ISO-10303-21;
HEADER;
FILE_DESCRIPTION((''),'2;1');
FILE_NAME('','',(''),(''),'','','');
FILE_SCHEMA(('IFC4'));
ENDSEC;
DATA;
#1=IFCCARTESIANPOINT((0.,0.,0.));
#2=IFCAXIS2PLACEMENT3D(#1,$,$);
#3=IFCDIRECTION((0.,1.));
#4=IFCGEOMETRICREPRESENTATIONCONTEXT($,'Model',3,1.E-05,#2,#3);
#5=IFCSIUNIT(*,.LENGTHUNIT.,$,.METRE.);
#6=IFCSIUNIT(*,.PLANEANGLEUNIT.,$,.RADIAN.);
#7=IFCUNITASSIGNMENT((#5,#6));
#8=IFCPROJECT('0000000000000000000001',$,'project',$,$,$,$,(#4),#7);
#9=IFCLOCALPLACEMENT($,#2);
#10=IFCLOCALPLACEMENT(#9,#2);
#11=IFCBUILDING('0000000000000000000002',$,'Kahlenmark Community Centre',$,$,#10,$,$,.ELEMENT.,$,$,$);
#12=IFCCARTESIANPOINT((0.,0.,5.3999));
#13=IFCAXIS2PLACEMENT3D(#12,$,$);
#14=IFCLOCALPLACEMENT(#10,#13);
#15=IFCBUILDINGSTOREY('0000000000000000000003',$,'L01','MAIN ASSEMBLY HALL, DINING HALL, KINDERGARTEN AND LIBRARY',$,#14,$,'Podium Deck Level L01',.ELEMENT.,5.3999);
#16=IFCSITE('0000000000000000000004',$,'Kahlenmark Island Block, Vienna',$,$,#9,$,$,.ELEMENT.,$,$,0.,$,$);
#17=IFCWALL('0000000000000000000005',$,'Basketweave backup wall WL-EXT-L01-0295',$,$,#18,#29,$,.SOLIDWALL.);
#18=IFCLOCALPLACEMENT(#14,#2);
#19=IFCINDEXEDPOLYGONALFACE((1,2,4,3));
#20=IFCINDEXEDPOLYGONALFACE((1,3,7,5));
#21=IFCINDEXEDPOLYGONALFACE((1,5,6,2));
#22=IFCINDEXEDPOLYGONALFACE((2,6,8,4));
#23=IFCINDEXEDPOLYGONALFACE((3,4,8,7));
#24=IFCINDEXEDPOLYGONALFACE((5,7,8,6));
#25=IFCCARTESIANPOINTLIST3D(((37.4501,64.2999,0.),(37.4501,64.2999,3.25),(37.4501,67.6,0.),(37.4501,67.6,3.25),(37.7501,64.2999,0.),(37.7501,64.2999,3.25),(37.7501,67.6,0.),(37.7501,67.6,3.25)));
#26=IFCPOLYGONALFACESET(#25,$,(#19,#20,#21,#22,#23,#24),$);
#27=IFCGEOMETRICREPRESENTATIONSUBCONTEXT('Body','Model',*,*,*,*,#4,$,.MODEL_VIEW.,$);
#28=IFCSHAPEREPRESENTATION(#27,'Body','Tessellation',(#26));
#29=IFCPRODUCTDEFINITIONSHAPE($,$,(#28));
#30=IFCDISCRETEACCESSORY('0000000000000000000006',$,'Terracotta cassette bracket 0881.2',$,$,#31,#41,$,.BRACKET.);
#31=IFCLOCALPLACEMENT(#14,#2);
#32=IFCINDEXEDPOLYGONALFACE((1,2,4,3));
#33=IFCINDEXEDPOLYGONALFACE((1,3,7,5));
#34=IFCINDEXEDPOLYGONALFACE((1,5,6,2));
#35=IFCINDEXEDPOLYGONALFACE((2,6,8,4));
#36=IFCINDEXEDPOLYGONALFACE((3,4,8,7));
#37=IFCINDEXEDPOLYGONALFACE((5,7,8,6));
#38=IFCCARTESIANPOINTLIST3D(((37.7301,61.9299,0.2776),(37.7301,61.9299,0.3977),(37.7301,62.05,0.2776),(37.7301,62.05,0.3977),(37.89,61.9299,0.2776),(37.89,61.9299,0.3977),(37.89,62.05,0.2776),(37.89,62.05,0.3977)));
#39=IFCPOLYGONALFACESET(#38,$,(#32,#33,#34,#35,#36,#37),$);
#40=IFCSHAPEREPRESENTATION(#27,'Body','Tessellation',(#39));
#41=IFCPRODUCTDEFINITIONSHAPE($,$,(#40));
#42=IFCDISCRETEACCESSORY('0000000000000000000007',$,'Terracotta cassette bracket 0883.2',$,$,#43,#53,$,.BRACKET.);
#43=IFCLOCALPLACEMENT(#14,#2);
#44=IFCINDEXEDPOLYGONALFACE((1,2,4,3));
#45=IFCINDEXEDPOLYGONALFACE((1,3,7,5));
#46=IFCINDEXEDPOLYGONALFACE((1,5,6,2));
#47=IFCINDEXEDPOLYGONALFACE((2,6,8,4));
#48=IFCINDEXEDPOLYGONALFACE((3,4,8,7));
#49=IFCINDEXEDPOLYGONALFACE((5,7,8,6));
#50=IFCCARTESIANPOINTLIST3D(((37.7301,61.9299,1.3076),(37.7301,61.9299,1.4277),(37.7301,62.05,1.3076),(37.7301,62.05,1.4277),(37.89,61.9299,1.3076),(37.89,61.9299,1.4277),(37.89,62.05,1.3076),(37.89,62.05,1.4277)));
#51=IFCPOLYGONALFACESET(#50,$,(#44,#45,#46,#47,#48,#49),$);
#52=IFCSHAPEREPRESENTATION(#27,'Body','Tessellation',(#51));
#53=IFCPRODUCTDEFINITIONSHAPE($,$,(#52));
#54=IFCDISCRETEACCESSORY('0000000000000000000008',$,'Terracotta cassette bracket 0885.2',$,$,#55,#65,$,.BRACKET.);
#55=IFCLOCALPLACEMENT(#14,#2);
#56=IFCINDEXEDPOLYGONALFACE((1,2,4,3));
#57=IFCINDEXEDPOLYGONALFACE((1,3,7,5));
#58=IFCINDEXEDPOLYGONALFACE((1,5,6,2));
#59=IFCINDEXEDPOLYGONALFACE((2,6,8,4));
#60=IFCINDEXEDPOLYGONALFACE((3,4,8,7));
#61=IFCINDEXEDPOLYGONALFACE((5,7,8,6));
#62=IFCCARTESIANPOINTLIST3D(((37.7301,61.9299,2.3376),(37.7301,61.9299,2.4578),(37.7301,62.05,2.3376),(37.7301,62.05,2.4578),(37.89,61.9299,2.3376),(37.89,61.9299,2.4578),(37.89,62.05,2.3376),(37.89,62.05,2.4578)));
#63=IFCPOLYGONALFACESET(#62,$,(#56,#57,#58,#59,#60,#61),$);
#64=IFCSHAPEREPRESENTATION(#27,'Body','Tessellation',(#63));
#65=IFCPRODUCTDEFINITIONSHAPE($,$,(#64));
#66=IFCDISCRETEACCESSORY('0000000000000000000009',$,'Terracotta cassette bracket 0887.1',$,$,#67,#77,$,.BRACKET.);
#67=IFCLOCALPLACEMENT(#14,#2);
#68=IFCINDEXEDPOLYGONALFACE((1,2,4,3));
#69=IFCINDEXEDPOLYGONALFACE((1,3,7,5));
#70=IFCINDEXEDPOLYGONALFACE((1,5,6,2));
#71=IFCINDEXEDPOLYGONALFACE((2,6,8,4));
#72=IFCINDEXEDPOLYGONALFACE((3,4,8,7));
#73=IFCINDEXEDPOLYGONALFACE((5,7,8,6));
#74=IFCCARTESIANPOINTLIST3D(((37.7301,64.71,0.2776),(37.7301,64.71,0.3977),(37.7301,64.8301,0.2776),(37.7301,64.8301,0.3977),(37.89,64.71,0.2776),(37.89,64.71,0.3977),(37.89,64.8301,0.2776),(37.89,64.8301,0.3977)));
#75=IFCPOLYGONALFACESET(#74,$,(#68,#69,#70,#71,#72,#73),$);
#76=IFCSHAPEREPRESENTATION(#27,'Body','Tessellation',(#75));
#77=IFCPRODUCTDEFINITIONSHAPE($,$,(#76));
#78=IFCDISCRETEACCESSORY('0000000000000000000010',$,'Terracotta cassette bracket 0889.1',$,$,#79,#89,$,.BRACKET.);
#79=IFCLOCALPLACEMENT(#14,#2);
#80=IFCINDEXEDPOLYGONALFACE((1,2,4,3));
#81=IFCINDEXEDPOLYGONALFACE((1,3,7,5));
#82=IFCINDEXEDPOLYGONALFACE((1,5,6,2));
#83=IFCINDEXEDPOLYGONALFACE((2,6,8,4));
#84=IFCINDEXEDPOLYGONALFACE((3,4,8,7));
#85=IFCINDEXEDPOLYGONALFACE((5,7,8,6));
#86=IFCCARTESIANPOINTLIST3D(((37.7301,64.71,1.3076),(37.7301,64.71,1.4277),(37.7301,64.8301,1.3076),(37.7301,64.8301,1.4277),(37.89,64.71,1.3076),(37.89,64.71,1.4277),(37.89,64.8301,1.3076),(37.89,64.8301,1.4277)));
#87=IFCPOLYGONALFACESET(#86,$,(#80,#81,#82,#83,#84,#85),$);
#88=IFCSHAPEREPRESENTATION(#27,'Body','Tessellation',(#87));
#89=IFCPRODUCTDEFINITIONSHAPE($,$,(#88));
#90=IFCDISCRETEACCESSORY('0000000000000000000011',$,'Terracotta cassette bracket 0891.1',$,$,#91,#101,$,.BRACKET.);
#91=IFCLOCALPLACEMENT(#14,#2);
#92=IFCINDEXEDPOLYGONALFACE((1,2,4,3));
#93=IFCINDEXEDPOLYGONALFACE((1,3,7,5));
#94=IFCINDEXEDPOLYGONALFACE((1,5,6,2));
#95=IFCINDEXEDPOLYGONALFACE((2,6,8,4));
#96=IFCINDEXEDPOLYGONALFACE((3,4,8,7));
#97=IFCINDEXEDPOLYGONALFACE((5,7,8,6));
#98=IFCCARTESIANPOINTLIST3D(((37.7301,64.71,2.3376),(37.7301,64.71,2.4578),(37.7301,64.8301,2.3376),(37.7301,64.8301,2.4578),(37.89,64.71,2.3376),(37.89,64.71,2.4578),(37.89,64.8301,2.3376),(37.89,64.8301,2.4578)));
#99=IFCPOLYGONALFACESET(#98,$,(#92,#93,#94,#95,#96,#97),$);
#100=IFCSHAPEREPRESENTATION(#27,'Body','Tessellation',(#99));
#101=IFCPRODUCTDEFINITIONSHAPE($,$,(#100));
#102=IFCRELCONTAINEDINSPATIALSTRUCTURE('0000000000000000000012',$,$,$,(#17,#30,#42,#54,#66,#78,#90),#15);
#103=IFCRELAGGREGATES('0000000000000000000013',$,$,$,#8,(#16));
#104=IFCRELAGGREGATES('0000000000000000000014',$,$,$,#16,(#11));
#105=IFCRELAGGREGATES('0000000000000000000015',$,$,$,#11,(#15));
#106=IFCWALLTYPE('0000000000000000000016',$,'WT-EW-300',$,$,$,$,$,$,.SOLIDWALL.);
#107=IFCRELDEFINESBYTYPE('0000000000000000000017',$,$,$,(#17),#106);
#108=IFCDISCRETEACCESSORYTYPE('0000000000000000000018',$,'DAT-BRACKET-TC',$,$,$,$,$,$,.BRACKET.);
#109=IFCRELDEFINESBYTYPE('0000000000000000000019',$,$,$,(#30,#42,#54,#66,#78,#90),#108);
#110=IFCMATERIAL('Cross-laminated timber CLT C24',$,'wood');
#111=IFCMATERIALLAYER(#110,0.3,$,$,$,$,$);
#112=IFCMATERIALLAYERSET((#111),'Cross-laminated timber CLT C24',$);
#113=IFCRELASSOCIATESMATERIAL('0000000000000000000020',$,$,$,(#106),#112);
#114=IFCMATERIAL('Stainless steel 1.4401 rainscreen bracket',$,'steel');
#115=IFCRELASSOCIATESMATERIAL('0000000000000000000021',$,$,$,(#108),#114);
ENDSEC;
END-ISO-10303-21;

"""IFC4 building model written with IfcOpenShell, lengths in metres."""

from ifc_helpers import new_model, si_unit, direction, frame, frame_2d, origin, origin_2d, place, context, subcontext, project, spatial, rectangle, extrude, material, layer, layer_set, type_object, element, save


model = new_model("IFC4")

# Units and contexts
model_context = context("Model", 3, precision=1e-05, world=origin(), true_north=direction((0.0, 1.0)))
body_context = subcontext(model_context, "Body", "Model", "MODEL_VIEW")
ifc_project = project(units=[si_unit("LENGTHUNIT", "METRE"), si_unit("PLANEANGLEUNIT", "RADIAN")], contexts=[model_context])

# Site, building, storey
site_placement = place(None, origin())
site = spatial("IfcSite", under=ifc_project, at=site_placement, Name="Kahlenmark Island Block, Vienna", CompositionType="ELEMENT", RefElevation=0.0)
building_placement = place(site_placement, origin())
building = spatial("IfcBuilding", under=site, at=building_placement, Name="Kahlenmark Community Centre", CompositionType="ELEMENT")
storey_placement = place(building_placement, frame((0.0, 0.0, 5.3999)))
storey = spatial("IfcBuildingStorey", under=building, at=storey_placement, Name="L01", Description="MAIN ASSEMBLY HALL, DINING HALL, KINDERGARTEN AND LIBRARY", LongName="Podium Deck Level L01", CompositionType="ELEMENT", Elevation=5.3999)

# Wall
ifc_material_1 = material(Name="Cross-laminated timber CLT C24", Category="wood")
ifc_layer_1 = layer(ifc_material_1, 0.3)
ifc_layer_set_1 = layer_set([ifc_layer_1], Name="Cross-laminated timber CLT C24")
wall_type = type_object("IfcWallType", Name="WT-EW-300", PredefinedType="SOLIDWALL", material=ifc_layer_set_1)
wall_placement = place(storey_placement, frame((37.6001, 64.3, 0.0), z_axis=(0.0, 0.0, 1.0), x_axis=(0.0, 1.0, 0.0)))
element("IfcWall", 1, at=wall_placement, inside=storey, type_object=wall_type, Name="Basketweave backup wall WL-EXT-L01-0295", PredefinedType="SOLIDWALL", context=body_context, shape_type="SweptSolid", body=[
    extrude(rectangle(XDim=3.3, YDim=0.3, at=frame_2d((1.6499, 0.0))), origin(), (0.0, 0.0, 1.0), 3.25),
])

# Discrete accessories
ifc_material_2 = material(Name="Stainless steel 1.4401 rainscreen bracket", Category="steel")
discrete_accessory_type = type_object("IfcDiscreteAccessoryType", Name="DAT-BRACKET-TC", PredefinedType="BRACKET", material=ifc_material_2)
for number, where, z_axis, x_axis, name in (
    (2, (37.8101, 61.99, 0.2776), (0.0, 0.0, 1.0), (0.0, 1.0, 0.0), "Terracotta cassette bracket 0881.2"),
    (3, (37.8101, 61.99, 1.3076), (0.0, 0.0, 1.0), (0.0, 1.0, 0.0), "Terracotta cassette bracket 0883.2"),
    (4, (37.8101, 61.99, 2.3376), (0.0, 0.0, 1.0), (0.0, 1.0, 0.0), "Terracotta cassette bracket 0885.2"),
    (5, (37.8101, 64.77, 0.2776), (0.0, 0.0, 1.0), (0.0, 1.0, 0.0), "Terracotta cassette bracket 0887.1"),
    (6, (37.8101, 64.77, 1.3076), (0.0, 0.0, 1.0), (0.0, 1.0, 0.0), "Terracotta cassette bracket 0889.1"),
    (7, (37.8101, 64.77, 2.3376), (0.0, 0.0, 1.0), (0.0, 1.0, 0.0), "Terracotta cassette bracket 0891.1"),
):
    element("IfcDiscreteAccessory", number, at=place(storey_placement, frame(where, z_axis=z_axis, x_axis=x_axis)), inside=storey, type_object=discrete_accessory_type, Name=name, PredefinedType="BRACKET", context=body_context, shape_type="SweptSolid", body=[
        extrude(rectangle(XDim=0.1201, YDim=0.1599, at=origin_2d()), origin(), (0.0, 0.0, 1.0), 0.1201),
    ])

save(model, "model.ifc")
